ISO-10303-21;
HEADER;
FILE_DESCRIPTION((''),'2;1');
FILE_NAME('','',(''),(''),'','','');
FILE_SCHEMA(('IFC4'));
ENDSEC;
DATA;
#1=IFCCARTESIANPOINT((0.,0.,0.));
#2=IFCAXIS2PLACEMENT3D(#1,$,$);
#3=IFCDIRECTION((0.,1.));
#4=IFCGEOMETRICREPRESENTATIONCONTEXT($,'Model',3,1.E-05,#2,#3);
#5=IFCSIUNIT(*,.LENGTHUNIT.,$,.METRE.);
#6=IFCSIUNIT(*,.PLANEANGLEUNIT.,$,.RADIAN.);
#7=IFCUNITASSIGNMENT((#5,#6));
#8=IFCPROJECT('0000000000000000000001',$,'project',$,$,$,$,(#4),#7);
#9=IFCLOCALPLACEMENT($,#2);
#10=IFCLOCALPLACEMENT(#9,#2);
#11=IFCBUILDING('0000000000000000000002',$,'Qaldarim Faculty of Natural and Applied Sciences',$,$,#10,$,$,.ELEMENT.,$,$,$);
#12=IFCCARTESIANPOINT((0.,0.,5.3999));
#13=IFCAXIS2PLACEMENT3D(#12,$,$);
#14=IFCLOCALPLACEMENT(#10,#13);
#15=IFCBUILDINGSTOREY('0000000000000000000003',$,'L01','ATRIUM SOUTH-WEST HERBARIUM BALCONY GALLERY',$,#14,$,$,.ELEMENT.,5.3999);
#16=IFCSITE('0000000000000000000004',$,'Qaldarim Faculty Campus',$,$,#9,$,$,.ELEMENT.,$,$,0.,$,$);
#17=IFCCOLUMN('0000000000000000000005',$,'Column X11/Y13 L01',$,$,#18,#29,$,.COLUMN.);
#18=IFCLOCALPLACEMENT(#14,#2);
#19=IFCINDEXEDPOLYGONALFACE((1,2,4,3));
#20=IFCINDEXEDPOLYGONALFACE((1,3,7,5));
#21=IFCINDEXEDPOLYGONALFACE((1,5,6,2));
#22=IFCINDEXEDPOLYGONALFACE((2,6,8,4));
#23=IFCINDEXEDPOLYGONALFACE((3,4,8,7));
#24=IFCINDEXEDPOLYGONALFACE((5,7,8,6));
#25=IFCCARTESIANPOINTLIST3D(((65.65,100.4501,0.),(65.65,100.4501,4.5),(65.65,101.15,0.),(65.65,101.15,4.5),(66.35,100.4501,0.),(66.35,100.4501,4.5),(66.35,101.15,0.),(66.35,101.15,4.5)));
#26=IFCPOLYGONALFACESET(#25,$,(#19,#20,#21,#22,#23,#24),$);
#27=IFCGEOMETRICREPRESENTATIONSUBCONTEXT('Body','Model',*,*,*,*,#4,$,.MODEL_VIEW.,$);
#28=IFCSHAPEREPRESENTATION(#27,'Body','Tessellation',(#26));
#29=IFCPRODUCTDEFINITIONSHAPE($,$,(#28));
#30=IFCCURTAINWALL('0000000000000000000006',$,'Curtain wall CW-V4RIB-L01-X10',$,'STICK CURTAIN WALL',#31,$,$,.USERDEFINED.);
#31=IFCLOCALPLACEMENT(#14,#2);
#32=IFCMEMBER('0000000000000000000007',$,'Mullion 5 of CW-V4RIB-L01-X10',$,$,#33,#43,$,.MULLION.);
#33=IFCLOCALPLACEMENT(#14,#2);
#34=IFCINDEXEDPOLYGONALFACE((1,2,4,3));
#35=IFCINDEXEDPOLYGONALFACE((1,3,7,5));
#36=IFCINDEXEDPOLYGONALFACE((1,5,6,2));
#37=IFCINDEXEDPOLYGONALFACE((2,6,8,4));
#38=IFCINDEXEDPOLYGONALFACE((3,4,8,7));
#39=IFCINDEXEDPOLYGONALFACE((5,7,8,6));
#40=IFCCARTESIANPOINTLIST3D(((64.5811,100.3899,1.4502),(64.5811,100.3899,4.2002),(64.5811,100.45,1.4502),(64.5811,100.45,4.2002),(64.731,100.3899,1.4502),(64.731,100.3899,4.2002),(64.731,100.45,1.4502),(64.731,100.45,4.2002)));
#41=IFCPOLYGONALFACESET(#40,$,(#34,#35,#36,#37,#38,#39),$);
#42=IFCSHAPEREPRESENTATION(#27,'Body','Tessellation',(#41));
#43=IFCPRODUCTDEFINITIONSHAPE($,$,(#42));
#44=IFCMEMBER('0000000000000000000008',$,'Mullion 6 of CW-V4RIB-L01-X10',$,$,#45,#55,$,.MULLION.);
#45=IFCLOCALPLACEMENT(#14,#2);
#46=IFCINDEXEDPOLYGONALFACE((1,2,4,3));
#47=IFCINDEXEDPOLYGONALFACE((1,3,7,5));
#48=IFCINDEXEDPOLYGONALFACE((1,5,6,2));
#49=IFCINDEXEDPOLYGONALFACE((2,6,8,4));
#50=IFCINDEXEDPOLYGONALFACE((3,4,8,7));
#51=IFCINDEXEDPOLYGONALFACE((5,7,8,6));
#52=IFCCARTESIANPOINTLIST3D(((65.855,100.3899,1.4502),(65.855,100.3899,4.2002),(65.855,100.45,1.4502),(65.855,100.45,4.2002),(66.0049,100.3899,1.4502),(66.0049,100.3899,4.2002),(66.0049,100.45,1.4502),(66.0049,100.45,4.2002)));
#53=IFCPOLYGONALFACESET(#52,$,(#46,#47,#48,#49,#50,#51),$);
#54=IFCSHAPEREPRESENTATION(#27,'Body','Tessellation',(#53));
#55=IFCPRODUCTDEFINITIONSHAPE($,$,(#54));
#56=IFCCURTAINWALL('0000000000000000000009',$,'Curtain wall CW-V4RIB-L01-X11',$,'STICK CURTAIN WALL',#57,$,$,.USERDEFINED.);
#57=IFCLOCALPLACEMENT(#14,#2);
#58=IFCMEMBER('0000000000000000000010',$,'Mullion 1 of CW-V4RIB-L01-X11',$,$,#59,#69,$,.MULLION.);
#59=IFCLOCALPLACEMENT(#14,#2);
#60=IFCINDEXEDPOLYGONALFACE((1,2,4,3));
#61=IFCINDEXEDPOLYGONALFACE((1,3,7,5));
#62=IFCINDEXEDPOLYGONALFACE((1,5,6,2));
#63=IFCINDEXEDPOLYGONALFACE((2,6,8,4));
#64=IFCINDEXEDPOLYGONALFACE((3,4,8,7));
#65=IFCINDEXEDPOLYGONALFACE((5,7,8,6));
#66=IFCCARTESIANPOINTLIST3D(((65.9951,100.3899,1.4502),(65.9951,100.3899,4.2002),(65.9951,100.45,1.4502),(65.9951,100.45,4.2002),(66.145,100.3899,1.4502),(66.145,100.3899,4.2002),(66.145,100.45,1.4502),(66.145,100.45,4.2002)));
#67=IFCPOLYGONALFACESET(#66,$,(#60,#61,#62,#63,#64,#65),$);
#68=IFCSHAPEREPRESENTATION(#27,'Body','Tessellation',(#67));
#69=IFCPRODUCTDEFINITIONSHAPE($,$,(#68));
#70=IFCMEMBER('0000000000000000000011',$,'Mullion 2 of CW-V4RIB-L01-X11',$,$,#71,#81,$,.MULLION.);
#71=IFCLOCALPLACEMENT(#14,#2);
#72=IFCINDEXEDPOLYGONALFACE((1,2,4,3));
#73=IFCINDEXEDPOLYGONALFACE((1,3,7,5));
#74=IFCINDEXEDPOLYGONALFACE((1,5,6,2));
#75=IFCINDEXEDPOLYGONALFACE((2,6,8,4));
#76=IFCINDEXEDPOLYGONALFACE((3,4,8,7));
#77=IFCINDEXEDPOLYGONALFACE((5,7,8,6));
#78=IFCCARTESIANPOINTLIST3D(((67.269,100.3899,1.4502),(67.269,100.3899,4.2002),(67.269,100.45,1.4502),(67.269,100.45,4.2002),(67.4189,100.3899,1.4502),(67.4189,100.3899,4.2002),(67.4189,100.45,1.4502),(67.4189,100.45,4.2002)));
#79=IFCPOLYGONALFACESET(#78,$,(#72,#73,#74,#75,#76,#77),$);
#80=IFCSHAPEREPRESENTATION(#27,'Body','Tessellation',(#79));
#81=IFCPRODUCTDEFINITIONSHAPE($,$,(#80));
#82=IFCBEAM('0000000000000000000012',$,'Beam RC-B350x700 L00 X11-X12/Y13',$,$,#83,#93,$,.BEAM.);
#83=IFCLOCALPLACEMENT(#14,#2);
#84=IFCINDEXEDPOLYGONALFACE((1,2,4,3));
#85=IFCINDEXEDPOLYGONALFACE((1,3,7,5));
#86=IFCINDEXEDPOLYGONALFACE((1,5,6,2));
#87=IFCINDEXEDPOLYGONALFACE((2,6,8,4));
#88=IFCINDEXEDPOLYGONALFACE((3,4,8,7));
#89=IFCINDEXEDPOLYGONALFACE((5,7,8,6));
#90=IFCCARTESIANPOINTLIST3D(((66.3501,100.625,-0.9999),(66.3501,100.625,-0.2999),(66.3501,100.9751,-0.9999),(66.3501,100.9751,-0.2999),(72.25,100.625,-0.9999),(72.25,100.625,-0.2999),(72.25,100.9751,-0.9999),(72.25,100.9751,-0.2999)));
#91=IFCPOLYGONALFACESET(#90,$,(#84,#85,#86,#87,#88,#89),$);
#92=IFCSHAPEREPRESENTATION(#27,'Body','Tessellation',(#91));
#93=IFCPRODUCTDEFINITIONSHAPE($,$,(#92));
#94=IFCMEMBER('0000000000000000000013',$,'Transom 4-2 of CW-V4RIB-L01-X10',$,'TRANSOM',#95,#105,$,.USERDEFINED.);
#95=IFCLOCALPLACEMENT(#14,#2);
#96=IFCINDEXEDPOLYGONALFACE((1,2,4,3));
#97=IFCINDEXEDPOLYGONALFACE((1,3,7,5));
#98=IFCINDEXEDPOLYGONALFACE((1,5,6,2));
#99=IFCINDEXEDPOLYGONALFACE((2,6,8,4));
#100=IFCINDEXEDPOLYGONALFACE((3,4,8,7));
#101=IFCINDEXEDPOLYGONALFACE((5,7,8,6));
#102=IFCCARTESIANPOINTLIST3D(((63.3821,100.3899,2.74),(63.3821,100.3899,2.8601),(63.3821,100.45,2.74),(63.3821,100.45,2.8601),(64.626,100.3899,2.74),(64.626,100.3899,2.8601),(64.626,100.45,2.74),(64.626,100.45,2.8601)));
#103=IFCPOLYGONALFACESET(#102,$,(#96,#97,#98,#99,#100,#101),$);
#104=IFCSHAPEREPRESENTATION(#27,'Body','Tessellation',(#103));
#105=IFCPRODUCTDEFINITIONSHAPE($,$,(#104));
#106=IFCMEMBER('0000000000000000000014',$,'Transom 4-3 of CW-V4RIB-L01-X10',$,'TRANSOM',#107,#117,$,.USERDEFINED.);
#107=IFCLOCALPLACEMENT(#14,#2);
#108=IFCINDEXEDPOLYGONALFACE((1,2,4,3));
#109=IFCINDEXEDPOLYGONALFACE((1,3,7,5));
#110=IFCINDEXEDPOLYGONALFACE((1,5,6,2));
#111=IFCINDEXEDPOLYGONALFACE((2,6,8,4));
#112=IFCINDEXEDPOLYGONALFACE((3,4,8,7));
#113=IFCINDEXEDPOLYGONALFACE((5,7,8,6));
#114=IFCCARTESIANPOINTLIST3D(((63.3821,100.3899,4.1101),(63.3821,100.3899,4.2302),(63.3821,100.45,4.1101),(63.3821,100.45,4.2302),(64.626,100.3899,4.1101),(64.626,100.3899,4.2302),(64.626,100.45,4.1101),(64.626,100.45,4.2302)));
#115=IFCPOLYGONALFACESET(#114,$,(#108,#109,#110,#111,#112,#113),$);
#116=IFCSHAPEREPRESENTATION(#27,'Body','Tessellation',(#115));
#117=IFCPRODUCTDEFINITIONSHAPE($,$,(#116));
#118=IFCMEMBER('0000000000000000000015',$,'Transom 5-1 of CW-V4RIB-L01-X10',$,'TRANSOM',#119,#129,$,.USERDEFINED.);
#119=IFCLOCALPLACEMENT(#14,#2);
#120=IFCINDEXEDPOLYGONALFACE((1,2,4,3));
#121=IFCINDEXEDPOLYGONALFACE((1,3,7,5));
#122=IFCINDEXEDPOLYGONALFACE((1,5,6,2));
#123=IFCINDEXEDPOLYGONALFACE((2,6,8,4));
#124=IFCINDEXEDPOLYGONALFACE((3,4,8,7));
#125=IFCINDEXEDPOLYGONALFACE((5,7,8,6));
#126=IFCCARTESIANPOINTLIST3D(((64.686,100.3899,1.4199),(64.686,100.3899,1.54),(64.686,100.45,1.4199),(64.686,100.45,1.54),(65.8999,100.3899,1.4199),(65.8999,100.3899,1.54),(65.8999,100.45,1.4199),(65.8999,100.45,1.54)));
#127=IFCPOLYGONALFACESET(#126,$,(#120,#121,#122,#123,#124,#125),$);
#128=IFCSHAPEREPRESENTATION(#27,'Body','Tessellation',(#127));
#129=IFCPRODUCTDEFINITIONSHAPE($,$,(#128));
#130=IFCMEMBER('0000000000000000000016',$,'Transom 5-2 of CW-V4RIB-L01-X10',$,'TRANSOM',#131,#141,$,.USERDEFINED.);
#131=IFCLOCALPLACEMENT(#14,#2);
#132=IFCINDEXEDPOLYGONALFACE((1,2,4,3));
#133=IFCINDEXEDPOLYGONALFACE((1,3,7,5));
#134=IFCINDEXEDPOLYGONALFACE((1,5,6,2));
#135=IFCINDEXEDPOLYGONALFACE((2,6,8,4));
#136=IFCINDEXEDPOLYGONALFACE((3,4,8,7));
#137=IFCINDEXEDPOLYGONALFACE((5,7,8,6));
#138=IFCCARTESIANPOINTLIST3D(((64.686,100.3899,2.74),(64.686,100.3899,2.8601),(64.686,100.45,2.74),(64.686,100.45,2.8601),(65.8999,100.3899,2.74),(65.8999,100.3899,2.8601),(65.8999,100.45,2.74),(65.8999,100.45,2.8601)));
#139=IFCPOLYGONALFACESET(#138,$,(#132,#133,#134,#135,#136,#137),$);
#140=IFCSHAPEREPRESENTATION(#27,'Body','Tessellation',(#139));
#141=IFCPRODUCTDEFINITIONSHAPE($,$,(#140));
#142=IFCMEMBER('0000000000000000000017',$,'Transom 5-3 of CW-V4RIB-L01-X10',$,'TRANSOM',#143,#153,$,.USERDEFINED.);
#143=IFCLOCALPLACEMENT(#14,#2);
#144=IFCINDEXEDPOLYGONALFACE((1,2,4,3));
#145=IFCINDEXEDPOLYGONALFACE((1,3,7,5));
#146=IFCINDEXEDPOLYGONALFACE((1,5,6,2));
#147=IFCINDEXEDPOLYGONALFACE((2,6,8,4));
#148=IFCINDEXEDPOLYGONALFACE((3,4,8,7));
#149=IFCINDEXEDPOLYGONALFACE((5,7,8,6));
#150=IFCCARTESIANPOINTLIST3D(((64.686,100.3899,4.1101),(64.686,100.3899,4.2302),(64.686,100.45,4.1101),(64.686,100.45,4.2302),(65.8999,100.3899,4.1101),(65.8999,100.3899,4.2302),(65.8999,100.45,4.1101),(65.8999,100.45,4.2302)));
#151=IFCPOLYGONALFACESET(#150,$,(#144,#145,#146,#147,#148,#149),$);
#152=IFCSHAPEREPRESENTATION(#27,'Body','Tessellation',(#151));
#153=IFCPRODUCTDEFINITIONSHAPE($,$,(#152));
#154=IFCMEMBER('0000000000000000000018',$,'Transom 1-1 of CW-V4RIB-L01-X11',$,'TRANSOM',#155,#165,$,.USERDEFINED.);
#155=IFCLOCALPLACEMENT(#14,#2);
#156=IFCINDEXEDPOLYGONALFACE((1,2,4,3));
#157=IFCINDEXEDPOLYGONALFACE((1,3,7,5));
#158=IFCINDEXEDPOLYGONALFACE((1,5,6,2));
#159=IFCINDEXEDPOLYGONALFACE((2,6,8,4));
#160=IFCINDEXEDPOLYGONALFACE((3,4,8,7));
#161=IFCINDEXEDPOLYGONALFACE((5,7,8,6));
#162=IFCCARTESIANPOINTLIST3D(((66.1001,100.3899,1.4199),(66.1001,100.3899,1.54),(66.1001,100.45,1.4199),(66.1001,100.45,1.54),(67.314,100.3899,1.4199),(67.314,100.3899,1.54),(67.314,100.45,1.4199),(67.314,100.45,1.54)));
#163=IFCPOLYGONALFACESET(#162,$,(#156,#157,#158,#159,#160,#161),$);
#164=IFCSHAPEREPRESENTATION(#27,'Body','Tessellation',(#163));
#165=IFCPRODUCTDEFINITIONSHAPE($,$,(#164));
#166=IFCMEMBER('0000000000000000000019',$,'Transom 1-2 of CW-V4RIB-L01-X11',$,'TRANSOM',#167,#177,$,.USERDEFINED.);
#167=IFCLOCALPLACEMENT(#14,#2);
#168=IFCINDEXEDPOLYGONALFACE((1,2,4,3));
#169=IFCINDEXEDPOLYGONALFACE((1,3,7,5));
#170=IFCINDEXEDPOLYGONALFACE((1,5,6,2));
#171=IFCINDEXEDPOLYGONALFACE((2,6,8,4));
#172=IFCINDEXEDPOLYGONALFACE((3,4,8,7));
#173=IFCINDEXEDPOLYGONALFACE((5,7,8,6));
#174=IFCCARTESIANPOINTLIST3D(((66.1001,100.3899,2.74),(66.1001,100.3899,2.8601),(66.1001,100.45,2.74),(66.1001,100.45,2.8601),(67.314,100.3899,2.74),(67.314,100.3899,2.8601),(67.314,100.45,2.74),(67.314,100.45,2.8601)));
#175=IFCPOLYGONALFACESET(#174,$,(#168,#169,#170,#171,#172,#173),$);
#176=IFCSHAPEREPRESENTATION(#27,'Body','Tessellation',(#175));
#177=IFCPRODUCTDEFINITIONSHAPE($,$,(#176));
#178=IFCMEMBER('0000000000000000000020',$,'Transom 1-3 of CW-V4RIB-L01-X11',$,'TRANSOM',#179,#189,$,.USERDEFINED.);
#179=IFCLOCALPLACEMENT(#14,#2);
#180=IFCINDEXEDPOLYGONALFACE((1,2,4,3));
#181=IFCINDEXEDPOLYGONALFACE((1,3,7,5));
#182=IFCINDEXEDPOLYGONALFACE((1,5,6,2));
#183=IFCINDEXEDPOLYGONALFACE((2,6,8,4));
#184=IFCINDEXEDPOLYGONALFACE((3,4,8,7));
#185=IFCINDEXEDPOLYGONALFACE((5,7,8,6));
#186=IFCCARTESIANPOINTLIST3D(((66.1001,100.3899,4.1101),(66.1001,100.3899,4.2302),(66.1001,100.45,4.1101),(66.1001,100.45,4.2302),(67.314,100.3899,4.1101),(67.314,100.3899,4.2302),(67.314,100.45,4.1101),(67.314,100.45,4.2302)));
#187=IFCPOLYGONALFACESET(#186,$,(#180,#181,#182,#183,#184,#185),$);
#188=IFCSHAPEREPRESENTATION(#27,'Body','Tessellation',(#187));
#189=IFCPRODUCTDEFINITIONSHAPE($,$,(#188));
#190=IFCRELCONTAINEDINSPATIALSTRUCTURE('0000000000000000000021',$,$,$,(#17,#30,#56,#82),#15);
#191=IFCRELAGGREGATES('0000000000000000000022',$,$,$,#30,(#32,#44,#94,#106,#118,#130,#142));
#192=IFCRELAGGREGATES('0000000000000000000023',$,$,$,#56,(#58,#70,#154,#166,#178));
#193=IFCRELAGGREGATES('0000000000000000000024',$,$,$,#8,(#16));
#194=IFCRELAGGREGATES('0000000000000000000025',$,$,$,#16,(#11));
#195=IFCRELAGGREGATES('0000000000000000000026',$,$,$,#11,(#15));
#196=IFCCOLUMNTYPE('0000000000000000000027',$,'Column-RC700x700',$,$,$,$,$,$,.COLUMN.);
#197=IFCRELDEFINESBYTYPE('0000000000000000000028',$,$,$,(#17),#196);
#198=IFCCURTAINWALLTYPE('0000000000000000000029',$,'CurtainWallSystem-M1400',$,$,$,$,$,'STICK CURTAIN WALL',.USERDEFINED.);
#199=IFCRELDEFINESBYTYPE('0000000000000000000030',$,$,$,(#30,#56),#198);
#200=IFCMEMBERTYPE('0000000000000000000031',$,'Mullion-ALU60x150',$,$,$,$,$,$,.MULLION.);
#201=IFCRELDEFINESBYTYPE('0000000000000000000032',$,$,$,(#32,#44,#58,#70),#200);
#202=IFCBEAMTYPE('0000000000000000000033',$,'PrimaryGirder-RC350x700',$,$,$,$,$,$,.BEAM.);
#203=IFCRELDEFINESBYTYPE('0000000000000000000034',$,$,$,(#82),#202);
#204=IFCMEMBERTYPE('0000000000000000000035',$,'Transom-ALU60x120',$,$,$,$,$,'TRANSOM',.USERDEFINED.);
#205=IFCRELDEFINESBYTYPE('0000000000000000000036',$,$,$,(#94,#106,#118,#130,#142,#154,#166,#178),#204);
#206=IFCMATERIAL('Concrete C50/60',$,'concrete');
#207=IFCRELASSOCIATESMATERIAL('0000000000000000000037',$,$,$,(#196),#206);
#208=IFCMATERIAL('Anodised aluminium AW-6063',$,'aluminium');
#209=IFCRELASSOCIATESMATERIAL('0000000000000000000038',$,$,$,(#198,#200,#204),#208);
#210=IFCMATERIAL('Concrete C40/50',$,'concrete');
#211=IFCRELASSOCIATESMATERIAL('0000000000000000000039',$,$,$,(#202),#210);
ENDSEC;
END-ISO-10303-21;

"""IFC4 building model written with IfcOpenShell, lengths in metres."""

from ifc_helpers import new_model, si_unit, direction, frame, origin, origin_2d, place, context, subcontext, project, spatial, rectangle, extrude, material, material_profile, profile_set, type_object, element, aggregate, save


model = new_model("IFC4")

# Units and contexts
model_context = context("Model", 3, precision=1e-05, world=origin(), true_north=direction((0.0, 1.0)))
body_context = subcontext(model_context, "Body", "Model", "MODEL_VIEW")
ifc_project = project(units=[si_unit("LENGTHUNIT", "METRE"), si_unit("PLANEANGLEUNIT", "RADIAN")], contexts=[model_context])

# Site, building, storey
site_placement = place(None, origin())
site = spatial("IfcSite", under=ifc_project, at=site_placement, Name="Qaldarim Faculty Campus", CompositionType="ELEMENT", RefElevation=0.0)
building_placement = place(site_placement, origin())
building = spatial("IfcBuilding", under=site, at=building_placement, Name="Qaldarim Faculty of Natural and Applied Sciences", CompositionType="ELEMENT")
storey_placement = place(building_placement, frame((0.0, 0.0, 5.3999)))
storey = spatial("IfcBuildingStorey", under=building, at=storey_placement, Name="L01", Description="ATRIUM SOUTH-WEST HERBARIUM BALCONY GALLERY", CompositionType="ELEMENT", Elevation=5.3999)

# Column
ifc_material_1 = material(Name="Concrete C50/60", Category="concrete")
ifc_material_profile_1 = material_profile(ifc_material_1, rectangle(XDim=0.7, YDim=0.7, at=origin_2d()), Name="RC-C700x700")
ifc_profile_set_1 = profile_set([ifc_material_profile_1], Name="Concrete C50/60")
column_type = type_object("IfcColumnType", Name="Column-RC700x700", PredefinedType="COLUMN", material=ifc_profile_set_1)
column_placement = place(storey_placement, frame((66.0, 100.8, 0.0), z_axis=(0.0, 0.0, 1.0), x_axis=(1.0, 0.0, 0.0)))
element("IfcColumn", 1, at=column_placement, inside=storey, type_object=column_type, Name="Column X11/Y13 L01", PredefinedType="COLUMN", context=body_context, shape_type="SweptSolid", body=[
    extrude(rectangle(XDim=0.7, YDim=0.7, at=origin_2d()), origin(), (0.0, 0.0, 1.0), 4.5),
])

# Curtain walls, members
ifc_material_2 = material(Name="Anodised aluminium AW-6063", Category="aluminium")
curtain_wall_type = type_object("IfcCurtainWallType", Name="CurtainWallSystem-M1400", ElementType="STICK CURTAIN WALL", PredefinedType="USERDEFINED", material=ifc_material_2)
curtain_wall_1_placement = place(storey_placement, origin())
curtain_wall_1 = element("IfcCurtainWall", 2, at=curtain_wall_1_placement, inside=storey, type_object=curtain_wall_type, Name="Curtain wall CW-V4RIB-L01-X10", ObjectType="STICK CURTAIN WALL", PredefinedType="USERDEFINED")
ifc_material_profile_2 = material_profile(ifc_material_2, rectangle(XDim=0.0601, YDim=0.1499, at=origin_2d()), Name="ALU-M60x150")
ifc_profile_set_2 = profile_set([ifc_material_profile_2], Name="Anodised aluminium AW-6063")
member_type_1 = type_object("IfcMemberType", Name="Mullion-ALU60x150", PredefinedType="MULLION", material=ifc_profile_set_2)
member_1_placement = place(storey_placement, frame((64.656, 100.4199, 1.4502), z_axis=(0.0, 0.0, 1.0), x_axis=(0.0, 1.0, 0.0)))
member_1 = element("IfcMember", 3, at=member_1_placement, type_object=member_type_1, Name="Mullion 5 of CW-V4RIB-L01-X10", PredefinedType="MULLION", context=body_context, shape_type="SweptSolid", body=[
    extrude(rectangle(XDim=0.0601, YDim=0.1499, at=origin_2d()), origin(), (0.0, 0.0, 1.0), 2.75),
])
member_2_placement = place(storey_placement, frame((65.9299, 100.4199, 1.4502), z_axis=(0.0, 0.0, 1.0), x_axis=(0.0, 1.0, 0.0)))
member_2 = element("IfcMember", 4, at=member_2_placement, type_object=member_type_1, Name="Mullion 6 of CW-V4RIB-L01-X10", PredefinedType="MULLION", context=body_context, shape_type="SweptSolid", body=[
    extrude(rectangle(XDim=0.0601, YDim=0.1499, at=origin_2d()), origin(), (0.0, 0.0, 1.0), 2.75),
])
curtain_wall_2_placement = place(storey_placement, origin())
curtain_wall_2 = element("IfcCurtainWall", 5, at=curtain_wall_2_placement, inside=storey, type_object=curtain_wall_type, Name="Curtain wall CW-V4RIB-L01-X11", ObjectType="STICK CURTAIN WALL", PredefinedType="USERDEFINED")
member_3_placement = place(storey_placement, frame((66.0701, 100.4199, 1.4502), z_axis=(0.0, 0.0, 1.0), x_axis=(0.0, 1.0, 0.0)))
member_3 = element("IfcMember", 6, at=member_3_placement, type_object=member_type_1, Name="Mullion 1 of CW-V4RIB-L01-X11", PredefinedType="MULLION", context=body_context, shape_type="SweptSolid", body=[
    extrude(rectangle(XDim=0.0601, YDim=0.1499, at=origin_2d()), origin(), (0.0, 0.0, 1.0), 2.75),
])
member_4_placement = place(storey_placement, frame((67.344, 100.4199, 1.4502), z_axis=(0.0, 0.0, 1.0), x_axis=(0.0, 1.0, 0.0)))
member_4 = element("IfcMember", 7, at=member_4_placement, type_object=member_type_1, Name="Mullion 2 of CW-V4RIB-L01-X11", PredefinedType="MULLION", context=body_context, shape_type="SweptSolid", body=[
    extrude(rectangle(XDim=0.0601, YDim=0.1499, at=origin_2d()), origin(), (0.0, 0.0, 1.0), 2.75),
])

# Beam
ifc_material_3 = material(Name="Concrete C40/50", Category="concrete")
ifc_material_profile_3 = material_profile(ifc_material_3, rectangle(XDim=0.3501, YDim=0.7, at=origin_2d()), Name="RC-B350x700")
ifc_profile_set_3 = profile_set([ifc_material_profile_3], Name="Concrete C40/50")
beam_type = type_object("IfcBeamType", Name="PrimaryGirder-RC350x700", PredefinedType="BEAM", material=ifc_profile_set_3)
beam_placement = place(storey_placement, frame((66.3501, 100.8, -0.6499), z_axis=(1.0, 0.0, 0.0), x_axis=(0.0, 1.0, 0.0)))
element("IfcBeam", 8, at=beam_placement, inside=storey, type_object=beam_type, Name="Beam RC-B350x700 L00 X11-X12/Y13", PredefinedType="BEAM", context=body_context, shape_type="SweptSolid", body=[
    extrude(rectangle(XDim=0.3501, YDim=0.7, at=origin_2d()), origin(), (0.0, 0.0, 1.0), 5.8999),
])

# Members
ifc_material_profile_4 = material_profile(ifc_material_2, rectangle(XDim=0.0601, YDim=0.1201, at=origin_2d()), Name="ALU-T60x120")
ifc_profile_set_4 = profile_set([ifc_material_profile_4], Name="Anodised aluminium AW-6063")
member_type_2 = type_object("IfcMemberType", Name="Transom-ALU60x120", ElementType="TRANSOM", PredefinedType="USERDEFINED", material=ifc_profile_set_4)
member_5_placement = place(storey_placement, frame((63.3821, 100.4199, 2.8), z_axis=(1.0, 0.0, 0.0), x_axis=(0.0, 1.0, 0.0)))
member_5 = element("IfcMember", 9, at=member_5_placement, type_object=member_type_2, Name="Transom 4-2 of CW-V4RIB-L01-X10", ObjectType="TRANSOM", PredefinedType="USERDEFINED", context=body_context, shape_type="SweptSolid", body=[
    extrude(rectangle(XDim=0.0601, YDim=0.1201, at=origin_2d()), origin(), (0.0, 0.0, 1.0), 1.2439),
])
member_6_placement = place(storey_placement, frame((63.3821, 100.4199, 4.1702), z_axis=(1.0, 0.0, 0.0), x_axis=(0.0, 1.0, 0.0)))
member_6 = element("IfcMember", 10, at=member_6_placement, type_object=member_type_2, Name="Transom 4-3 of CW-V4RIB-L01-X10", ObjectType="TRANSOM", PredefinedType="USERDEFINED", context=body_context, shape_type="SweptSolid", body=[
    extrude(rectangle(XDim=0.0601, YDim=0.1201, at=origin_2d()), origin(), (0.0, 0.0, 1.0), 1.2439),
])
member_7_placement = place(storey_placement, frame((64.686, 100.4199, 1.48), z_axis=(1.0, 0.0, 0.0), x_axis=(0.0, 1.0, 0.0)))
member_7 = element("IfcMember", 11, at=member_7_placement, type_object=member_type_2, Name="Transom 5-1 of CW-V4RIB-L01-X10", ObjectType="TRANSOM", PredefinedType="USERDEFINED", context=body_context, shape_type="SweptSolid", body=[
    extrude(rectangle(XDim=0.0601, YDim=0.1201, at=origin_2d()), origin(), (0.0, 0.0, 1.0), 1.2139),
])
member_8_placement = place(storey_placement, frame((64.686, 100.4199, 2.8), z_axis=(1.0, 0.0, 0.0), x_axis=(0.0, 1.0, 0.0)))
member_8 = element("IfcMember", 12, at=member_8_placement, type_object=member_type_2, Name="Transom 5-2 of CW-V4RIB-L01-X10", ObjectType="TRANSOM", PredefinedType="USERDEFINED", context=body_context, shape_type="SweptSolid", body=[
    extrude(rectangle(XDim=0.0601, YDim=0.1201, at=origin_2d()), origin(), (0.0, 0.0, 1.0), 1.2139),
])
member_9_placement = place(storey_placement, frame((64.686, 100.4199, 4.1702), z_axis=(1.0, 0.0, 0.0), x_axis=(0.0, 1.0, 0.0)))
member_9 = element("IfcMember", 13, at=member_9_placement, type_object=member_type_2, Name="Transom 5-3 of CW-V4RIB-L01-X10", ObjectType="TRANSOM", PredefinedType="USERDEFINED", context=body_context, shape_type="SweptSolid", body=[
    extrude(rectangle(XDim=0.0601, YDim=0.1201, at=origin_2d()), origin(), (0.0, 0.0, 1.0), 1.2139),
])
member_10_placement = place(storey_placement, frame((66.1001, 100.4199, 1.48), z_axis=(1.0, 0.0, 0.0), x_axis=(0.0, 1.0, 0.0)))
member_10 = element("IfcMember", 14, at=member_10_placement, type_object=member_type_2, Name="Transom 1-1 of CW-V4RIB-L01-X11", ObjectType="TRANSOM", PredefinedType="USERDEFINED", context=body_context, shape_type="SweptSolid", body=[
    extrude(rectangle(XDim=0.0601, YDim=0.1201, at=origin_2d()), origin(), (0.0, 0.0, 1.0), 1.2139),
])
member_11_placement = place(storey_placement, frame((66.1001, 100.4199, 2.8), z_axis=(1.0, 0.0, 0.0), x_axis=(0.0, 1.0, 0.0)))
member_11 = element("IfcMember", 15, at=member_11_placement, type_object=member_type_2, Name="Transom 1-2 of CW-V4RIB-L01-X11", ObjectType="TRANSOM", PredefinedType="USERDEFINED", context=body_context, shape_type="SweptSolid", body=[
    extrude(rectangle(XDim=0.0601, YDim=0.1201, at=origin_2d()), origin(), (0.0, 0.0, 1.0), 1.2139),
])
member_12_placement = place(storey_placement, frame((66.1001, 100.4199, 4.1702), z_axis=(1.0, 0.0, 0.0), x_axis=(0.0, 1.0, 0.0)))
member_12 = element("IfcMember", 16, at=member_12_placement, type_object=member_type_2, Name="Transom 1-3 of CW-V4RIB-L01-X11", ObjectType="TRANSOM", PredefinedType="USERDEFINED", context=body_context, shape_type="SweptSolid", body=[
    extrude(rectangle(XDim=0.0601, YDim=0.1201, at=origin_2d()), origin(), (0.0, 0.0, 1.0), 1.2139),
])

aggregate(curtain_wall_1, [member_1, member_2, member_5, member_6, member_7, member_8, member_9])
aggregate(curtain_wall_2, [member_3, member_4, member_10, member_11, member_12])

save(model, "model.ifc")
